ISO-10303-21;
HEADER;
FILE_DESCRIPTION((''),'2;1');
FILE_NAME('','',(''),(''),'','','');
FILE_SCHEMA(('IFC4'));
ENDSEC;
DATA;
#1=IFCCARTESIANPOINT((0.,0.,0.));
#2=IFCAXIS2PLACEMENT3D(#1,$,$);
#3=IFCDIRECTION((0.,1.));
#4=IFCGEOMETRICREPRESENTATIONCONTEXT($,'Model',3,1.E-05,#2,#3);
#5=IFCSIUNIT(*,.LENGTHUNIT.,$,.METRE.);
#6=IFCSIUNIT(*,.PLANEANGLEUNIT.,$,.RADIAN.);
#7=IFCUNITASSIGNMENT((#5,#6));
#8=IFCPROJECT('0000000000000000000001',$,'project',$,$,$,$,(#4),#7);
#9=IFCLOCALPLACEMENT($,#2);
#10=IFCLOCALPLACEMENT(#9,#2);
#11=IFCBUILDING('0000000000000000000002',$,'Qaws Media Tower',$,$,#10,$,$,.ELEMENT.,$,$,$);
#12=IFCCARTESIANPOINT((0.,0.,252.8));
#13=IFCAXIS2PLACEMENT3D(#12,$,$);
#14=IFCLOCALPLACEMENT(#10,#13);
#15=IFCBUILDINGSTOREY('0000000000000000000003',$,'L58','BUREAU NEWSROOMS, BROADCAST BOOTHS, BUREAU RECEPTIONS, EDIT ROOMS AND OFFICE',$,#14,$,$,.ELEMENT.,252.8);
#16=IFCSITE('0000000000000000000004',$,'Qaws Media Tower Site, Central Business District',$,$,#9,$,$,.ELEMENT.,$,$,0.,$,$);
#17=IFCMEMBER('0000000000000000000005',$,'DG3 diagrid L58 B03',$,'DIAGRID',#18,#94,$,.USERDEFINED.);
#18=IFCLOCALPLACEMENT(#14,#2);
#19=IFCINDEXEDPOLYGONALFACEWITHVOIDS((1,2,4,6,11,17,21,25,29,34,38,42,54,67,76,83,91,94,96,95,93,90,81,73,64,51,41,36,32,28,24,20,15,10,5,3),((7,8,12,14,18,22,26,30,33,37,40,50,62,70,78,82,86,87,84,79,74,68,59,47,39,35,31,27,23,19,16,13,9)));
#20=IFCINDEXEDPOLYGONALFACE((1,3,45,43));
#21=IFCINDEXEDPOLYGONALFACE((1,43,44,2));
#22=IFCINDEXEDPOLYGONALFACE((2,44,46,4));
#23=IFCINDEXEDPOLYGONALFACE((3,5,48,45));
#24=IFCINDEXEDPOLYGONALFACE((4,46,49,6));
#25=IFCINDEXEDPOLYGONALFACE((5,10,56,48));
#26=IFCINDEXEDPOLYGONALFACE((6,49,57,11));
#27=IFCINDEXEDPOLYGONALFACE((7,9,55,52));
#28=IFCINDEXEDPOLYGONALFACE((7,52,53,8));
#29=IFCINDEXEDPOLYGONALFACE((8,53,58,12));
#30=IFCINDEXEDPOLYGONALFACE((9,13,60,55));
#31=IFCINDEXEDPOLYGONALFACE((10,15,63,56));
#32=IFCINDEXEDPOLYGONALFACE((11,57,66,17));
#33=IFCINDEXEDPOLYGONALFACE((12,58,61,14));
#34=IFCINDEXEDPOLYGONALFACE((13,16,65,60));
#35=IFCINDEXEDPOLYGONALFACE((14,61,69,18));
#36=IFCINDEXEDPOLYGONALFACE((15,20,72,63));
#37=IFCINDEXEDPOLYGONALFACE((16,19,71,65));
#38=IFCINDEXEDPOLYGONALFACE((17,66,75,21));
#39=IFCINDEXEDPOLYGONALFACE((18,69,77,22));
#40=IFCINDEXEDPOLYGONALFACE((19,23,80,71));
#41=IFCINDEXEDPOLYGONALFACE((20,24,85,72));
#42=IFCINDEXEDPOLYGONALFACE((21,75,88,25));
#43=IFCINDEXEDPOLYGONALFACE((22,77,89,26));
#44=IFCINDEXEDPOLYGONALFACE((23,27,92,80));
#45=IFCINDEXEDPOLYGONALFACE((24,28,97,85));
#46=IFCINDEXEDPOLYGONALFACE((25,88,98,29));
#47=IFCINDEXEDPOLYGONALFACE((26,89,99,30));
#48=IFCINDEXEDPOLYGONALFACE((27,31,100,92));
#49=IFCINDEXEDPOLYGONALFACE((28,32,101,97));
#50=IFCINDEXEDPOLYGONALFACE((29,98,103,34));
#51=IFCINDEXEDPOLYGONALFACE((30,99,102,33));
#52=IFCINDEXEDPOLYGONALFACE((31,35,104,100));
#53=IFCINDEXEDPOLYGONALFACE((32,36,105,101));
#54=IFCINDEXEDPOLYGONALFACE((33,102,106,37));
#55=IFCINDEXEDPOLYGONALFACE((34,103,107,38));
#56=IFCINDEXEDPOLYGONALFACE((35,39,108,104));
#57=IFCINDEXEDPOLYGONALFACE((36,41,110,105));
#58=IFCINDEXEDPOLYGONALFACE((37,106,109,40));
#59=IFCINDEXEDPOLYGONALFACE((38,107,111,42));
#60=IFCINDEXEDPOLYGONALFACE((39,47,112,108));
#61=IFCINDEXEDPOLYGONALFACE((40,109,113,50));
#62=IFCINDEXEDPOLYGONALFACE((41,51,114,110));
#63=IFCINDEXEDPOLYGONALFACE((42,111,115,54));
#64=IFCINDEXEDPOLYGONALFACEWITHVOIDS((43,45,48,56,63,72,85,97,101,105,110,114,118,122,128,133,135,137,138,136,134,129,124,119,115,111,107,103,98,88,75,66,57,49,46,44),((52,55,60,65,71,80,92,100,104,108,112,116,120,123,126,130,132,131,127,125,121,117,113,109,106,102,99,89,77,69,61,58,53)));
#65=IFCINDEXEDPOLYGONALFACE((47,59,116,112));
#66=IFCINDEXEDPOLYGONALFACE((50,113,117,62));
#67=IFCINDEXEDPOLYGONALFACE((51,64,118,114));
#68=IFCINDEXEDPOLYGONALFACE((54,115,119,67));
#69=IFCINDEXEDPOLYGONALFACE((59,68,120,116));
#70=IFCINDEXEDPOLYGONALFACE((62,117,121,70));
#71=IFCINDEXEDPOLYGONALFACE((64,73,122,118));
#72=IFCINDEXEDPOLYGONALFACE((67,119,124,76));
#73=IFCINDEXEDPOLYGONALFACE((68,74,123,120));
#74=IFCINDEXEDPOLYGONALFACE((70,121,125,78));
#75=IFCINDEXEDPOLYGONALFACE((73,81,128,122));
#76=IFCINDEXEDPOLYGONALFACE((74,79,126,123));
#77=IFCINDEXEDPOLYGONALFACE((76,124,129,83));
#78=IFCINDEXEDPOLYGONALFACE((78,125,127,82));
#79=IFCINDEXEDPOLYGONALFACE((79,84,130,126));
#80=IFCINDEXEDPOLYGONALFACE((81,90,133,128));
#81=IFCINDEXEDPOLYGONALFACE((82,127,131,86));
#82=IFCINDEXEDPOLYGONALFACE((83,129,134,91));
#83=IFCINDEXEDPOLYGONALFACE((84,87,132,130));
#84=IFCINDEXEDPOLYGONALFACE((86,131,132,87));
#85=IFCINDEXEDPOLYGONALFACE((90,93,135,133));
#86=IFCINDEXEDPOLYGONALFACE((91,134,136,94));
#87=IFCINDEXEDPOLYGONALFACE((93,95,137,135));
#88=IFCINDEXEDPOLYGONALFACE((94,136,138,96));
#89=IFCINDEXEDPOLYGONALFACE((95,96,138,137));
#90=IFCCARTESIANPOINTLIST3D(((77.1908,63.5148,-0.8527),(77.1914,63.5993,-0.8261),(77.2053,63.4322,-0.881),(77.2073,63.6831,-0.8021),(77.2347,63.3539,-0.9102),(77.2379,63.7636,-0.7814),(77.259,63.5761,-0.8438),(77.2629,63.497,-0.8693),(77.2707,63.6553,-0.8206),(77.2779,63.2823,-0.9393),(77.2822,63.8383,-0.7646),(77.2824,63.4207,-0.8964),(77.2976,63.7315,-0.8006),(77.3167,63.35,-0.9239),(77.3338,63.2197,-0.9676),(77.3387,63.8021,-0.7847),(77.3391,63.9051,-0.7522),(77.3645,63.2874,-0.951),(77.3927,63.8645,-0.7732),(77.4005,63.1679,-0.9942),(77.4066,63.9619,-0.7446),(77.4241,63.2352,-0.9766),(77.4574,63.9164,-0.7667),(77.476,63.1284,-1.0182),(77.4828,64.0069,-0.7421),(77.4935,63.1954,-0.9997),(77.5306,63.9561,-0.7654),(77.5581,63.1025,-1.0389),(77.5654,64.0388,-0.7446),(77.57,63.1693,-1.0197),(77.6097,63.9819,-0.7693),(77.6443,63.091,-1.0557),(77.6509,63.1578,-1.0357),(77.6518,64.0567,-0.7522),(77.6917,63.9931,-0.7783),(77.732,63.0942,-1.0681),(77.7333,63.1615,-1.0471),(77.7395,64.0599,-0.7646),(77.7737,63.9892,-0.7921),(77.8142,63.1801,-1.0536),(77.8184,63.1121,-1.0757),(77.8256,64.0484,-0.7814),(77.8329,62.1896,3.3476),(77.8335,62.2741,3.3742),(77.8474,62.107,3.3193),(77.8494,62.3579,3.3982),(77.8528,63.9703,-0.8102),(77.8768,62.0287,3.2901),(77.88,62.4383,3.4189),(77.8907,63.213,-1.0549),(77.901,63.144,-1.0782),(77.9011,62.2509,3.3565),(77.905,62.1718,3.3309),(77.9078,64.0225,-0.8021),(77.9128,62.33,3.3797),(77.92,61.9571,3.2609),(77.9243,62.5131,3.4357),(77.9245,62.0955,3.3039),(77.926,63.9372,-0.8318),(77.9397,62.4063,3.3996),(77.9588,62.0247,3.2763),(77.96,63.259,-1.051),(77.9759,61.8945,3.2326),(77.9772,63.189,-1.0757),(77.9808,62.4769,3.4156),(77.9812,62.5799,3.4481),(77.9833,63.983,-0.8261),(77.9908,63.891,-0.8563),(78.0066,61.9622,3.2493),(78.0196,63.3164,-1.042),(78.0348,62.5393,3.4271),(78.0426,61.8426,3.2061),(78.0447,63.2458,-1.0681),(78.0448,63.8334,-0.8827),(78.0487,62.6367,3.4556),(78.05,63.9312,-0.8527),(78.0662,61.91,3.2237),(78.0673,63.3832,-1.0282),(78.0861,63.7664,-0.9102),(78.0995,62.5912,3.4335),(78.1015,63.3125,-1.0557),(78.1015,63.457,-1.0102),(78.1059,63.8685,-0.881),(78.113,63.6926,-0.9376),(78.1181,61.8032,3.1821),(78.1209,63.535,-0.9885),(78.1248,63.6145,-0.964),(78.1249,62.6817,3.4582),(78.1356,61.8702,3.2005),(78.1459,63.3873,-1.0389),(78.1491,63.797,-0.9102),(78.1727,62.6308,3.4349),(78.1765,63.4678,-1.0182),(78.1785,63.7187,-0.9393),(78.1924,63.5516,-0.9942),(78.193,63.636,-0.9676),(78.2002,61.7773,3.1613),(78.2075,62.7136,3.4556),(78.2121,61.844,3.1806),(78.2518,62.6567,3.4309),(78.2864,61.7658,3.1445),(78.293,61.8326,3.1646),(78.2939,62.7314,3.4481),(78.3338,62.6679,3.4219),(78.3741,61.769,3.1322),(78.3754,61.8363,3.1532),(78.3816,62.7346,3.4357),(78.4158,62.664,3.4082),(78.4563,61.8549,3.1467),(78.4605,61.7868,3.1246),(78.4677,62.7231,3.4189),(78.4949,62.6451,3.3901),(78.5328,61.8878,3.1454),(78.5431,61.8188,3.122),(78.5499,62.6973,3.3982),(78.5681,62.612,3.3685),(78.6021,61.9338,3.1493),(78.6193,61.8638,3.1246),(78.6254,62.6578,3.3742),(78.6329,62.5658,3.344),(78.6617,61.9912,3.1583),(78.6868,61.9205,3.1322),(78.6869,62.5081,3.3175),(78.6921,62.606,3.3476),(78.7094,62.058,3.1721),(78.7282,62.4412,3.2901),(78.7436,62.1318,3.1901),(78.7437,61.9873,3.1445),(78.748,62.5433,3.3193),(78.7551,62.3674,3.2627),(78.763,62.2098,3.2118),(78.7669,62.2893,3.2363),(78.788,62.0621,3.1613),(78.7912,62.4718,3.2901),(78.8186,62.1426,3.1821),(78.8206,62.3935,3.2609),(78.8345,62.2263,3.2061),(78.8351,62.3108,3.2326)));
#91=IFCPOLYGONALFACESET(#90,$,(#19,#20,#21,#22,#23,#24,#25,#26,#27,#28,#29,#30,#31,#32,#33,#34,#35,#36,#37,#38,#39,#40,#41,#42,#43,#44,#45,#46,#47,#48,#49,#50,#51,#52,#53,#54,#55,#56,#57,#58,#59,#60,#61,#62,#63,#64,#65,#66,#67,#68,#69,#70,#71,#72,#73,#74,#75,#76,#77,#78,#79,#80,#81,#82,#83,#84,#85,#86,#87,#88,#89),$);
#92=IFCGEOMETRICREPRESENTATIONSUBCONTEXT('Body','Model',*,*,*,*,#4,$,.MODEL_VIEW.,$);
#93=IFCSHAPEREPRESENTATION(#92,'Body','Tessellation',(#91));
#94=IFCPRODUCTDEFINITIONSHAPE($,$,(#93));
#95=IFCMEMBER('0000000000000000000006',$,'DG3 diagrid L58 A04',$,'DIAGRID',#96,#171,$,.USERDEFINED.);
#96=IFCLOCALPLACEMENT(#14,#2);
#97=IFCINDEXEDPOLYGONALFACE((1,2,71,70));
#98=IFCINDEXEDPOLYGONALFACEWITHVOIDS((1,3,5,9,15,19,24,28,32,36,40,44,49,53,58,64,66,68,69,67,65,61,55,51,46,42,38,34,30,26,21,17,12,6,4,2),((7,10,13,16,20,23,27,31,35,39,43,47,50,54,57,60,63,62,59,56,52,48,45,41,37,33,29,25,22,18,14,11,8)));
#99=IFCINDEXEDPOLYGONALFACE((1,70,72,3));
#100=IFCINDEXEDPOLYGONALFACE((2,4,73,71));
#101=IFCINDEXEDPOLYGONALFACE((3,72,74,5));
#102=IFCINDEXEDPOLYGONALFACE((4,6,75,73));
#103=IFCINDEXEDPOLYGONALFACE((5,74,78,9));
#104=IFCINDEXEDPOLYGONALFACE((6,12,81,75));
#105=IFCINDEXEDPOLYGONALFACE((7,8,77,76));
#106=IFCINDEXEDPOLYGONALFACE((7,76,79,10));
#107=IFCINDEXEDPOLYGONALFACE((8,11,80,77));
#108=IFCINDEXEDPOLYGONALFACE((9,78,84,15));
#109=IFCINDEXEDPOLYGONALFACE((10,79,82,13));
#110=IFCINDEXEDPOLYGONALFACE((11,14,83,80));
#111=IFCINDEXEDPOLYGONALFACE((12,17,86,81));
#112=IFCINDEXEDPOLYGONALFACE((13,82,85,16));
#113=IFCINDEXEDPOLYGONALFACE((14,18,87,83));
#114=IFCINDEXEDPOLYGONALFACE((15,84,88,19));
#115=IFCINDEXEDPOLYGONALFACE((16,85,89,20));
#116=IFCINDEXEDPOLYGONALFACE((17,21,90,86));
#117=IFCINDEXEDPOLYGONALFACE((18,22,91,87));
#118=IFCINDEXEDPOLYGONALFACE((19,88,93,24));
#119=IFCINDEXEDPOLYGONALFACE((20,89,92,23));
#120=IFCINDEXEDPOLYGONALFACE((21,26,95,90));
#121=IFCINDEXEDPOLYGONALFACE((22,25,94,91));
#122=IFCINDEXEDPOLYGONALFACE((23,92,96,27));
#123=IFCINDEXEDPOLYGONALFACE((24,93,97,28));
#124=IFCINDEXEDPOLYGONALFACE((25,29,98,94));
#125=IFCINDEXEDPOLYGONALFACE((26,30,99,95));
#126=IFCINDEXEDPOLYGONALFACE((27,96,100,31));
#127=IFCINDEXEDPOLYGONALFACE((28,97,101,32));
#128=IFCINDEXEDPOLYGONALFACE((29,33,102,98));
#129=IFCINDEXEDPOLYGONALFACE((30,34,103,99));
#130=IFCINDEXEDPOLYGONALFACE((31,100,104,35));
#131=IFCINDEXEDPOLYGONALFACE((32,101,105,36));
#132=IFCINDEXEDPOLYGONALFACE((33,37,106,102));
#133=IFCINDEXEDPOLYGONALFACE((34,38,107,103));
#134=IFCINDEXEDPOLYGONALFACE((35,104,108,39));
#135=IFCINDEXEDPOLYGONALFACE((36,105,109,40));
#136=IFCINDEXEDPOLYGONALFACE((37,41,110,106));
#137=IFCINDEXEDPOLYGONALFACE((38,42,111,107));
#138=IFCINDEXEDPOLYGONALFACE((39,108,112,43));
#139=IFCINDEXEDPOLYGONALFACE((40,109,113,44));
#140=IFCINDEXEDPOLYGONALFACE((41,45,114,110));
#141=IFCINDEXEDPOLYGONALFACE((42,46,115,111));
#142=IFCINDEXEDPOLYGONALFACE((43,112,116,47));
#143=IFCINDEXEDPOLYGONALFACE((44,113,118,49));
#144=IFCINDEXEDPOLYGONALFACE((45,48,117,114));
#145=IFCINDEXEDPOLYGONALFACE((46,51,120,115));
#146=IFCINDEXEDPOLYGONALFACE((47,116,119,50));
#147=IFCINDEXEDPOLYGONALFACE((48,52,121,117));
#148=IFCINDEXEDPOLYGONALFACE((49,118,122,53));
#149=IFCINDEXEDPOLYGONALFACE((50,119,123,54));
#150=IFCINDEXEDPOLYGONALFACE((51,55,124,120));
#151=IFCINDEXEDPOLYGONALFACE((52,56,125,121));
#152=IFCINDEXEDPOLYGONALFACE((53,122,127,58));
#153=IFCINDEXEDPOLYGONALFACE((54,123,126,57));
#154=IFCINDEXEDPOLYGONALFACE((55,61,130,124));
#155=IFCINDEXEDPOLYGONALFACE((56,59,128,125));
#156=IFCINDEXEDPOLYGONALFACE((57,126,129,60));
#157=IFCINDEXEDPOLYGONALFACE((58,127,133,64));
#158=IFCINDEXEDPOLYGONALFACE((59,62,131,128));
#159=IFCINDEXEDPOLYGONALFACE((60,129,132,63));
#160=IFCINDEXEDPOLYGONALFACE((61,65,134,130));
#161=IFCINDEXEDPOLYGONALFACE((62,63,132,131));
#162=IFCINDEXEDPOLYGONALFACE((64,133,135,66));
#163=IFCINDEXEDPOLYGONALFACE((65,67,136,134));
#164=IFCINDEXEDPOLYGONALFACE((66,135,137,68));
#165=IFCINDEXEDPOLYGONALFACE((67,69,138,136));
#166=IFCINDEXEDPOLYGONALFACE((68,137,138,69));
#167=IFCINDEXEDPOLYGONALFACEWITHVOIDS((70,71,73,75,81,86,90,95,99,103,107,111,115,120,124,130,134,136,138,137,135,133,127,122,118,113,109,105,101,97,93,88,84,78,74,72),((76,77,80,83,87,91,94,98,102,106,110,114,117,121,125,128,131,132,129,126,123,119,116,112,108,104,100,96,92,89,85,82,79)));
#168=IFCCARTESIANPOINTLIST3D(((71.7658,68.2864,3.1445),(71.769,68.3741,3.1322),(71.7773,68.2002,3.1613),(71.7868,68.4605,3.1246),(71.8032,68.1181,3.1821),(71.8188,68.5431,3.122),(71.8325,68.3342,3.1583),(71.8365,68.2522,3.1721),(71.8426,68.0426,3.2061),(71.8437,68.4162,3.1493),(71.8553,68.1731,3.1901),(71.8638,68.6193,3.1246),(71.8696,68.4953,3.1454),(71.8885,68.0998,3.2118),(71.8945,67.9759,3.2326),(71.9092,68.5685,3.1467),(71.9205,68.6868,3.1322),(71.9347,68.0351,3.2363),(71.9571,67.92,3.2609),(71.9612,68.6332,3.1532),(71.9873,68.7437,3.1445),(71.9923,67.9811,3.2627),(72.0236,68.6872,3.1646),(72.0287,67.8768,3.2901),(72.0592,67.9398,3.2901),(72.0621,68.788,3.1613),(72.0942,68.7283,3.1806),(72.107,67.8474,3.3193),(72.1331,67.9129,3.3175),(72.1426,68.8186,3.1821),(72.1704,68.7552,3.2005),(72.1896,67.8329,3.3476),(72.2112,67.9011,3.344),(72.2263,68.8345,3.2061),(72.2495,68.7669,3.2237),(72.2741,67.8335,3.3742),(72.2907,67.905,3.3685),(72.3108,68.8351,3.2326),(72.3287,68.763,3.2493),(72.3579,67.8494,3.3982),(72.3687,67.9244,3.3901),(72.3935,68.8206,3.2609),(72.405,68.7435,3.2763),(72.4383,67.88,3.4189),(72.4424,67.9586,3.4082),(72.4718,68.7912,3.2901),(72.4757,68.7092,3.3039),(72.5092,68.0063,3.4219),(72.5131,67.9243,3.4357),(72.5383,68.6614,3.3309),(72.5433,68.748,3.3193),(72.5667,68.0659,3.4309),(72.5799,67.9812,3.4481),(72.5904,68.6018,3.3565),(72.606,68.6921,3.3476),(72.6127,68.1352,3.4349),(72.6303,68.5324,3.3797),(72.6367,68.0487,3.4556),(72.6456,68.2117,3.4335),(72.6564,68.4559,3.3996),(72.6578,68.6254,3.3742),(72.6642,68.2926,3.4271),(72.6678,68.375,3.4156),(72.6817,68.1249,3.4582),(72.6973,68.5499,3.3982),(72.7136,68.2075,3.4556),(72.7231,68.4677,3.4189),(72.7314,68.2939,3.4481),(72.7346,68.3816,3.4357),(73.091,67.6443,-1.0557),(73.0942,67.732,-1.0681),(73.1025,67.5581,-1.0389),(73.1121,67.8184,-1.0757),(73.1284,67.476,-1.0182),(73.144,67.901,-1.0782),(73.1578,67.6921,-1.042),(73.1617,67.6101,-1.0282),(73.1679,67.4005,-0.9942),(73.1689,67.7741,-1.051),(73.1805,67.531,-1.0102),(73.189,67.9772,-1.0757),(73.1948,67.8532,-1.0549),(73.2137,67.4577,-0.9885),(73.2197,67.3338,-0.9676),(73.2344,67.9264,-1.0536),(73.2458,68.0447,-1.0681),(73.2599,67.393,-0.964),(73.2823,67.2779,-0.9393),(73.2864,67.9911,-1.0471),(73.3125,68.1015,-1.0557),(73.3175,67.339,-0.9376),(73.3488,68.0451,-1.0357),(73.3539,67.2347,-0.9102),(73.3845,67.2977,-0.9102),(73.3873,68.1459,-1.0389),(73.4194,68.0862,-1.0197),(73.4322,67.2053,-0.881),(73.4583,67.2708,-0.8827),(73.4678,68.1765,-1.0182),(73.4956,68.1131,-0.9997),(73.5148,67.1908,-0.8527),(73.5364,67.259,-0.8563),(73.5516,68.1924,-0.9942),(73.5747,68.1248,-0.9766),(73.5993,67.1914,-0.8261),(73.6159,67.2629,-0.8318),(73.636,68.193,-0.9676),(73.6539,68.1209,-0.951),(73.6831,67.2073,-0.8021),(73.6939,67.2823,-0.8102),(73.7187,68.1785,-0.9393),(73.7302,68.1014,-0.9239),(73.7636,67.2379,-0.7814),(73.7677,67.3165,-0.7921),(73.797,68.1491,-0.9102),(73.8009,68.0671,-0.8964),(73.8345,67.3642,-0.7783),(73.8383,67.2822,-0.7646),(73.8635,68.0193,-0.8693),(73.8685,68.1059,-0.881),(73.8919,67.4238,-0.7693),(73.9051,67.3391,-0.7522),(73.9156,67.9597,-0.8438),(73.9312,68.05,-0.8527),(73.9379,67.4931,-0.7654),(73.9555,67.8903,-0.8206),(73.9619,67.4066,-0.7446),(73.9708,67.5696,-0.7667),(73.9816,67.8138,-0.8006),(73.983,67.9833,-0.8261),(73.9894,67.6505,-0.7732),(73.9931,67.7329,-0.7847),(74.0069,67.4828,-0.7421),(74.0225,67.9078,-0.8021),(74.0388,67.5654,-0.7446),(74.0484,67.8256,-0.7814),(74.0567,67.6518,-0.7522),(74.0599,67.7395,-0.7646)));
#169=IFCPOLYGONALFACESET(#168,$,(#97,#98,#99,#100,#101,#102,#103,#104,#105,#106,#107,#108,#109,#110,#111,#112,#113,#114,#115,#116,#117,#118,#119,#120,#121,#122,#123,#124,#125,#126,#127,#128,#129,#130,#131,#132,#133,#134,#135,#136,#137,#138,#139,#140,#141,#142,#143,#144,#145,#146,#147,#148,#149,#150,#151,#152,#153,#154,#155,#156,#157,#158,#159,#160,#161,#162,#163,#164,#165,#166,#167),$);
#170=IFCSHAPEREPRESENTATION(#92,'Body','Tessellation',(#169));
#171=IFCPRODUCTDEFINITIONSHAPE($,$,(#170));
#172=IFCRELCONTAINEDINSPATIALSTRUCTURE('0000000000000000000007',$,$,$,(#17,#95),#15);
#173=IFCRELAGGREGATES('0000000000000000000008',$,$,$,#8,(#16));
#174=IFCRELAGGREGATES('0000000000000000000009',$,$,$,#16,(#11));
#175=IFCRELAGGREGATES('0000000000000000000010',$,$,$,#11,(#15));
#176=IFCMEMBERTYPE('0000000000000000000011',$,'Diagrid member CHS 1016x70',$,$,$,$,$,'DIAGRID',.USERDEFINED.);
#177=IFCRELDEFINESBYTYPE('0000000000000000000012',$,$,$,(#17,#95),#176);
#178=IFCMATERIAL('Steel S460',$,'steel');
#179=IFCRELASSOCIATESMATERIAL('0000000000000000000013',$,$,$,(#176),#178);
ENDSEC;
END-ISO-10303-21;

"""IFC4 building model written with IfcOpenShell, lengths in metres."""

from ifc_helpers import new_model, si_unit, direction, frame, origin, origin_2d, place, context, subcontext, project, spatial, hollow_circle, extrude, material, material_profile, profile_set, type_object, element, save


model = new_model("IFC4")

# Units and contexts
model_context = context("Model", 3, precision=1e-05, world=origin(), true_north=direction((0.0, 1.0)))
body_context = subcontext(model_context, "Body", "Model", "MODEL_VIEW")
ifc_project = project(units=[si_unit("LENGTHUNIT", "METRE"), si_unit("PLANEANGLEUNIT", "RADIAN")], contexts=[model_context])

# Site, building, storey
site_placement = place(None, origin())
site = spatial("IfcSite", under=ifc_project, at=site_placement, Name="Qaws Media Tower Site, Central Business District", CompositionType="ELEMENT", RefElevation=0.0)
building_placement = place(site_placement, origin())
building = spatial("IfcBuilding", under=site, at=building_placement, Name="Qaws Media Tower", CompositionType="ELEMENT")
storey_placement = place(building_placement, frame((0.0, 0.0, 252.8)))
storey = spatial("IfcBuildingStorey", under=building, at=storey_placement, Name="L58", Description="BUREAU NEWSROOMS, BROADCAST BOOTHS, BUREAU RECEPTIONS, EDIT ROOMS AND OFFICE", CompositionType="ELEMENT", Elevation=252.8)

# Members
ifc_material_1 = material(Name="Steel S460", Category="steel")
ifc_material_profile_1 = material_profile(ifc_material_1, hollow_circle(Radius=0.5081, WallThickness=0.0701, at=origin_2d()), Name="CHS 1016x70")
ifc_profile_set_1 = profile_set([ifc_material_profile_1], Name="Steel S460")
member_type_1 = type_object("IfcMemberType", Name="Diagrid member CHS 1016x70", ElementType="DIAGRID", PredefinedType="USERDEFINED", material=ifc_profile_set_1)
for number, where, z_axis, x_axis, name in (
    (1, (77.6919, 63.5754, -0.9102), (0.144262, -0.29774, 0.943684), (0.899928, 0.436038, 0.0), "DG3 diagrid L58 B03"),
    (2, (73.5754, 67.6919, -0.9102), (-0.29774, 0.144262, 0.943684), (-0.436038, -0.899928, 0.0), "DG3 diagrid L58 A04"),
):
    element("IfcMember", number, at=place(storey_placement, frame(where, z_axis=z_axis, x_axis=x_axis)), inside=storey, type_object=member_type_1, Name=name, ObjectType="DIAGRID", PredefinedType="USERDEFINED", context=body_context, shape_type="SweptSolid", body=[
        extrude(hollow_circle(Radius=0.5081, WallThickness=0.0701, at=origin_2d()), origin(), (0.0, 0.0, 1.0), 4.4509),
    ])

save(model, "model.ifc")
